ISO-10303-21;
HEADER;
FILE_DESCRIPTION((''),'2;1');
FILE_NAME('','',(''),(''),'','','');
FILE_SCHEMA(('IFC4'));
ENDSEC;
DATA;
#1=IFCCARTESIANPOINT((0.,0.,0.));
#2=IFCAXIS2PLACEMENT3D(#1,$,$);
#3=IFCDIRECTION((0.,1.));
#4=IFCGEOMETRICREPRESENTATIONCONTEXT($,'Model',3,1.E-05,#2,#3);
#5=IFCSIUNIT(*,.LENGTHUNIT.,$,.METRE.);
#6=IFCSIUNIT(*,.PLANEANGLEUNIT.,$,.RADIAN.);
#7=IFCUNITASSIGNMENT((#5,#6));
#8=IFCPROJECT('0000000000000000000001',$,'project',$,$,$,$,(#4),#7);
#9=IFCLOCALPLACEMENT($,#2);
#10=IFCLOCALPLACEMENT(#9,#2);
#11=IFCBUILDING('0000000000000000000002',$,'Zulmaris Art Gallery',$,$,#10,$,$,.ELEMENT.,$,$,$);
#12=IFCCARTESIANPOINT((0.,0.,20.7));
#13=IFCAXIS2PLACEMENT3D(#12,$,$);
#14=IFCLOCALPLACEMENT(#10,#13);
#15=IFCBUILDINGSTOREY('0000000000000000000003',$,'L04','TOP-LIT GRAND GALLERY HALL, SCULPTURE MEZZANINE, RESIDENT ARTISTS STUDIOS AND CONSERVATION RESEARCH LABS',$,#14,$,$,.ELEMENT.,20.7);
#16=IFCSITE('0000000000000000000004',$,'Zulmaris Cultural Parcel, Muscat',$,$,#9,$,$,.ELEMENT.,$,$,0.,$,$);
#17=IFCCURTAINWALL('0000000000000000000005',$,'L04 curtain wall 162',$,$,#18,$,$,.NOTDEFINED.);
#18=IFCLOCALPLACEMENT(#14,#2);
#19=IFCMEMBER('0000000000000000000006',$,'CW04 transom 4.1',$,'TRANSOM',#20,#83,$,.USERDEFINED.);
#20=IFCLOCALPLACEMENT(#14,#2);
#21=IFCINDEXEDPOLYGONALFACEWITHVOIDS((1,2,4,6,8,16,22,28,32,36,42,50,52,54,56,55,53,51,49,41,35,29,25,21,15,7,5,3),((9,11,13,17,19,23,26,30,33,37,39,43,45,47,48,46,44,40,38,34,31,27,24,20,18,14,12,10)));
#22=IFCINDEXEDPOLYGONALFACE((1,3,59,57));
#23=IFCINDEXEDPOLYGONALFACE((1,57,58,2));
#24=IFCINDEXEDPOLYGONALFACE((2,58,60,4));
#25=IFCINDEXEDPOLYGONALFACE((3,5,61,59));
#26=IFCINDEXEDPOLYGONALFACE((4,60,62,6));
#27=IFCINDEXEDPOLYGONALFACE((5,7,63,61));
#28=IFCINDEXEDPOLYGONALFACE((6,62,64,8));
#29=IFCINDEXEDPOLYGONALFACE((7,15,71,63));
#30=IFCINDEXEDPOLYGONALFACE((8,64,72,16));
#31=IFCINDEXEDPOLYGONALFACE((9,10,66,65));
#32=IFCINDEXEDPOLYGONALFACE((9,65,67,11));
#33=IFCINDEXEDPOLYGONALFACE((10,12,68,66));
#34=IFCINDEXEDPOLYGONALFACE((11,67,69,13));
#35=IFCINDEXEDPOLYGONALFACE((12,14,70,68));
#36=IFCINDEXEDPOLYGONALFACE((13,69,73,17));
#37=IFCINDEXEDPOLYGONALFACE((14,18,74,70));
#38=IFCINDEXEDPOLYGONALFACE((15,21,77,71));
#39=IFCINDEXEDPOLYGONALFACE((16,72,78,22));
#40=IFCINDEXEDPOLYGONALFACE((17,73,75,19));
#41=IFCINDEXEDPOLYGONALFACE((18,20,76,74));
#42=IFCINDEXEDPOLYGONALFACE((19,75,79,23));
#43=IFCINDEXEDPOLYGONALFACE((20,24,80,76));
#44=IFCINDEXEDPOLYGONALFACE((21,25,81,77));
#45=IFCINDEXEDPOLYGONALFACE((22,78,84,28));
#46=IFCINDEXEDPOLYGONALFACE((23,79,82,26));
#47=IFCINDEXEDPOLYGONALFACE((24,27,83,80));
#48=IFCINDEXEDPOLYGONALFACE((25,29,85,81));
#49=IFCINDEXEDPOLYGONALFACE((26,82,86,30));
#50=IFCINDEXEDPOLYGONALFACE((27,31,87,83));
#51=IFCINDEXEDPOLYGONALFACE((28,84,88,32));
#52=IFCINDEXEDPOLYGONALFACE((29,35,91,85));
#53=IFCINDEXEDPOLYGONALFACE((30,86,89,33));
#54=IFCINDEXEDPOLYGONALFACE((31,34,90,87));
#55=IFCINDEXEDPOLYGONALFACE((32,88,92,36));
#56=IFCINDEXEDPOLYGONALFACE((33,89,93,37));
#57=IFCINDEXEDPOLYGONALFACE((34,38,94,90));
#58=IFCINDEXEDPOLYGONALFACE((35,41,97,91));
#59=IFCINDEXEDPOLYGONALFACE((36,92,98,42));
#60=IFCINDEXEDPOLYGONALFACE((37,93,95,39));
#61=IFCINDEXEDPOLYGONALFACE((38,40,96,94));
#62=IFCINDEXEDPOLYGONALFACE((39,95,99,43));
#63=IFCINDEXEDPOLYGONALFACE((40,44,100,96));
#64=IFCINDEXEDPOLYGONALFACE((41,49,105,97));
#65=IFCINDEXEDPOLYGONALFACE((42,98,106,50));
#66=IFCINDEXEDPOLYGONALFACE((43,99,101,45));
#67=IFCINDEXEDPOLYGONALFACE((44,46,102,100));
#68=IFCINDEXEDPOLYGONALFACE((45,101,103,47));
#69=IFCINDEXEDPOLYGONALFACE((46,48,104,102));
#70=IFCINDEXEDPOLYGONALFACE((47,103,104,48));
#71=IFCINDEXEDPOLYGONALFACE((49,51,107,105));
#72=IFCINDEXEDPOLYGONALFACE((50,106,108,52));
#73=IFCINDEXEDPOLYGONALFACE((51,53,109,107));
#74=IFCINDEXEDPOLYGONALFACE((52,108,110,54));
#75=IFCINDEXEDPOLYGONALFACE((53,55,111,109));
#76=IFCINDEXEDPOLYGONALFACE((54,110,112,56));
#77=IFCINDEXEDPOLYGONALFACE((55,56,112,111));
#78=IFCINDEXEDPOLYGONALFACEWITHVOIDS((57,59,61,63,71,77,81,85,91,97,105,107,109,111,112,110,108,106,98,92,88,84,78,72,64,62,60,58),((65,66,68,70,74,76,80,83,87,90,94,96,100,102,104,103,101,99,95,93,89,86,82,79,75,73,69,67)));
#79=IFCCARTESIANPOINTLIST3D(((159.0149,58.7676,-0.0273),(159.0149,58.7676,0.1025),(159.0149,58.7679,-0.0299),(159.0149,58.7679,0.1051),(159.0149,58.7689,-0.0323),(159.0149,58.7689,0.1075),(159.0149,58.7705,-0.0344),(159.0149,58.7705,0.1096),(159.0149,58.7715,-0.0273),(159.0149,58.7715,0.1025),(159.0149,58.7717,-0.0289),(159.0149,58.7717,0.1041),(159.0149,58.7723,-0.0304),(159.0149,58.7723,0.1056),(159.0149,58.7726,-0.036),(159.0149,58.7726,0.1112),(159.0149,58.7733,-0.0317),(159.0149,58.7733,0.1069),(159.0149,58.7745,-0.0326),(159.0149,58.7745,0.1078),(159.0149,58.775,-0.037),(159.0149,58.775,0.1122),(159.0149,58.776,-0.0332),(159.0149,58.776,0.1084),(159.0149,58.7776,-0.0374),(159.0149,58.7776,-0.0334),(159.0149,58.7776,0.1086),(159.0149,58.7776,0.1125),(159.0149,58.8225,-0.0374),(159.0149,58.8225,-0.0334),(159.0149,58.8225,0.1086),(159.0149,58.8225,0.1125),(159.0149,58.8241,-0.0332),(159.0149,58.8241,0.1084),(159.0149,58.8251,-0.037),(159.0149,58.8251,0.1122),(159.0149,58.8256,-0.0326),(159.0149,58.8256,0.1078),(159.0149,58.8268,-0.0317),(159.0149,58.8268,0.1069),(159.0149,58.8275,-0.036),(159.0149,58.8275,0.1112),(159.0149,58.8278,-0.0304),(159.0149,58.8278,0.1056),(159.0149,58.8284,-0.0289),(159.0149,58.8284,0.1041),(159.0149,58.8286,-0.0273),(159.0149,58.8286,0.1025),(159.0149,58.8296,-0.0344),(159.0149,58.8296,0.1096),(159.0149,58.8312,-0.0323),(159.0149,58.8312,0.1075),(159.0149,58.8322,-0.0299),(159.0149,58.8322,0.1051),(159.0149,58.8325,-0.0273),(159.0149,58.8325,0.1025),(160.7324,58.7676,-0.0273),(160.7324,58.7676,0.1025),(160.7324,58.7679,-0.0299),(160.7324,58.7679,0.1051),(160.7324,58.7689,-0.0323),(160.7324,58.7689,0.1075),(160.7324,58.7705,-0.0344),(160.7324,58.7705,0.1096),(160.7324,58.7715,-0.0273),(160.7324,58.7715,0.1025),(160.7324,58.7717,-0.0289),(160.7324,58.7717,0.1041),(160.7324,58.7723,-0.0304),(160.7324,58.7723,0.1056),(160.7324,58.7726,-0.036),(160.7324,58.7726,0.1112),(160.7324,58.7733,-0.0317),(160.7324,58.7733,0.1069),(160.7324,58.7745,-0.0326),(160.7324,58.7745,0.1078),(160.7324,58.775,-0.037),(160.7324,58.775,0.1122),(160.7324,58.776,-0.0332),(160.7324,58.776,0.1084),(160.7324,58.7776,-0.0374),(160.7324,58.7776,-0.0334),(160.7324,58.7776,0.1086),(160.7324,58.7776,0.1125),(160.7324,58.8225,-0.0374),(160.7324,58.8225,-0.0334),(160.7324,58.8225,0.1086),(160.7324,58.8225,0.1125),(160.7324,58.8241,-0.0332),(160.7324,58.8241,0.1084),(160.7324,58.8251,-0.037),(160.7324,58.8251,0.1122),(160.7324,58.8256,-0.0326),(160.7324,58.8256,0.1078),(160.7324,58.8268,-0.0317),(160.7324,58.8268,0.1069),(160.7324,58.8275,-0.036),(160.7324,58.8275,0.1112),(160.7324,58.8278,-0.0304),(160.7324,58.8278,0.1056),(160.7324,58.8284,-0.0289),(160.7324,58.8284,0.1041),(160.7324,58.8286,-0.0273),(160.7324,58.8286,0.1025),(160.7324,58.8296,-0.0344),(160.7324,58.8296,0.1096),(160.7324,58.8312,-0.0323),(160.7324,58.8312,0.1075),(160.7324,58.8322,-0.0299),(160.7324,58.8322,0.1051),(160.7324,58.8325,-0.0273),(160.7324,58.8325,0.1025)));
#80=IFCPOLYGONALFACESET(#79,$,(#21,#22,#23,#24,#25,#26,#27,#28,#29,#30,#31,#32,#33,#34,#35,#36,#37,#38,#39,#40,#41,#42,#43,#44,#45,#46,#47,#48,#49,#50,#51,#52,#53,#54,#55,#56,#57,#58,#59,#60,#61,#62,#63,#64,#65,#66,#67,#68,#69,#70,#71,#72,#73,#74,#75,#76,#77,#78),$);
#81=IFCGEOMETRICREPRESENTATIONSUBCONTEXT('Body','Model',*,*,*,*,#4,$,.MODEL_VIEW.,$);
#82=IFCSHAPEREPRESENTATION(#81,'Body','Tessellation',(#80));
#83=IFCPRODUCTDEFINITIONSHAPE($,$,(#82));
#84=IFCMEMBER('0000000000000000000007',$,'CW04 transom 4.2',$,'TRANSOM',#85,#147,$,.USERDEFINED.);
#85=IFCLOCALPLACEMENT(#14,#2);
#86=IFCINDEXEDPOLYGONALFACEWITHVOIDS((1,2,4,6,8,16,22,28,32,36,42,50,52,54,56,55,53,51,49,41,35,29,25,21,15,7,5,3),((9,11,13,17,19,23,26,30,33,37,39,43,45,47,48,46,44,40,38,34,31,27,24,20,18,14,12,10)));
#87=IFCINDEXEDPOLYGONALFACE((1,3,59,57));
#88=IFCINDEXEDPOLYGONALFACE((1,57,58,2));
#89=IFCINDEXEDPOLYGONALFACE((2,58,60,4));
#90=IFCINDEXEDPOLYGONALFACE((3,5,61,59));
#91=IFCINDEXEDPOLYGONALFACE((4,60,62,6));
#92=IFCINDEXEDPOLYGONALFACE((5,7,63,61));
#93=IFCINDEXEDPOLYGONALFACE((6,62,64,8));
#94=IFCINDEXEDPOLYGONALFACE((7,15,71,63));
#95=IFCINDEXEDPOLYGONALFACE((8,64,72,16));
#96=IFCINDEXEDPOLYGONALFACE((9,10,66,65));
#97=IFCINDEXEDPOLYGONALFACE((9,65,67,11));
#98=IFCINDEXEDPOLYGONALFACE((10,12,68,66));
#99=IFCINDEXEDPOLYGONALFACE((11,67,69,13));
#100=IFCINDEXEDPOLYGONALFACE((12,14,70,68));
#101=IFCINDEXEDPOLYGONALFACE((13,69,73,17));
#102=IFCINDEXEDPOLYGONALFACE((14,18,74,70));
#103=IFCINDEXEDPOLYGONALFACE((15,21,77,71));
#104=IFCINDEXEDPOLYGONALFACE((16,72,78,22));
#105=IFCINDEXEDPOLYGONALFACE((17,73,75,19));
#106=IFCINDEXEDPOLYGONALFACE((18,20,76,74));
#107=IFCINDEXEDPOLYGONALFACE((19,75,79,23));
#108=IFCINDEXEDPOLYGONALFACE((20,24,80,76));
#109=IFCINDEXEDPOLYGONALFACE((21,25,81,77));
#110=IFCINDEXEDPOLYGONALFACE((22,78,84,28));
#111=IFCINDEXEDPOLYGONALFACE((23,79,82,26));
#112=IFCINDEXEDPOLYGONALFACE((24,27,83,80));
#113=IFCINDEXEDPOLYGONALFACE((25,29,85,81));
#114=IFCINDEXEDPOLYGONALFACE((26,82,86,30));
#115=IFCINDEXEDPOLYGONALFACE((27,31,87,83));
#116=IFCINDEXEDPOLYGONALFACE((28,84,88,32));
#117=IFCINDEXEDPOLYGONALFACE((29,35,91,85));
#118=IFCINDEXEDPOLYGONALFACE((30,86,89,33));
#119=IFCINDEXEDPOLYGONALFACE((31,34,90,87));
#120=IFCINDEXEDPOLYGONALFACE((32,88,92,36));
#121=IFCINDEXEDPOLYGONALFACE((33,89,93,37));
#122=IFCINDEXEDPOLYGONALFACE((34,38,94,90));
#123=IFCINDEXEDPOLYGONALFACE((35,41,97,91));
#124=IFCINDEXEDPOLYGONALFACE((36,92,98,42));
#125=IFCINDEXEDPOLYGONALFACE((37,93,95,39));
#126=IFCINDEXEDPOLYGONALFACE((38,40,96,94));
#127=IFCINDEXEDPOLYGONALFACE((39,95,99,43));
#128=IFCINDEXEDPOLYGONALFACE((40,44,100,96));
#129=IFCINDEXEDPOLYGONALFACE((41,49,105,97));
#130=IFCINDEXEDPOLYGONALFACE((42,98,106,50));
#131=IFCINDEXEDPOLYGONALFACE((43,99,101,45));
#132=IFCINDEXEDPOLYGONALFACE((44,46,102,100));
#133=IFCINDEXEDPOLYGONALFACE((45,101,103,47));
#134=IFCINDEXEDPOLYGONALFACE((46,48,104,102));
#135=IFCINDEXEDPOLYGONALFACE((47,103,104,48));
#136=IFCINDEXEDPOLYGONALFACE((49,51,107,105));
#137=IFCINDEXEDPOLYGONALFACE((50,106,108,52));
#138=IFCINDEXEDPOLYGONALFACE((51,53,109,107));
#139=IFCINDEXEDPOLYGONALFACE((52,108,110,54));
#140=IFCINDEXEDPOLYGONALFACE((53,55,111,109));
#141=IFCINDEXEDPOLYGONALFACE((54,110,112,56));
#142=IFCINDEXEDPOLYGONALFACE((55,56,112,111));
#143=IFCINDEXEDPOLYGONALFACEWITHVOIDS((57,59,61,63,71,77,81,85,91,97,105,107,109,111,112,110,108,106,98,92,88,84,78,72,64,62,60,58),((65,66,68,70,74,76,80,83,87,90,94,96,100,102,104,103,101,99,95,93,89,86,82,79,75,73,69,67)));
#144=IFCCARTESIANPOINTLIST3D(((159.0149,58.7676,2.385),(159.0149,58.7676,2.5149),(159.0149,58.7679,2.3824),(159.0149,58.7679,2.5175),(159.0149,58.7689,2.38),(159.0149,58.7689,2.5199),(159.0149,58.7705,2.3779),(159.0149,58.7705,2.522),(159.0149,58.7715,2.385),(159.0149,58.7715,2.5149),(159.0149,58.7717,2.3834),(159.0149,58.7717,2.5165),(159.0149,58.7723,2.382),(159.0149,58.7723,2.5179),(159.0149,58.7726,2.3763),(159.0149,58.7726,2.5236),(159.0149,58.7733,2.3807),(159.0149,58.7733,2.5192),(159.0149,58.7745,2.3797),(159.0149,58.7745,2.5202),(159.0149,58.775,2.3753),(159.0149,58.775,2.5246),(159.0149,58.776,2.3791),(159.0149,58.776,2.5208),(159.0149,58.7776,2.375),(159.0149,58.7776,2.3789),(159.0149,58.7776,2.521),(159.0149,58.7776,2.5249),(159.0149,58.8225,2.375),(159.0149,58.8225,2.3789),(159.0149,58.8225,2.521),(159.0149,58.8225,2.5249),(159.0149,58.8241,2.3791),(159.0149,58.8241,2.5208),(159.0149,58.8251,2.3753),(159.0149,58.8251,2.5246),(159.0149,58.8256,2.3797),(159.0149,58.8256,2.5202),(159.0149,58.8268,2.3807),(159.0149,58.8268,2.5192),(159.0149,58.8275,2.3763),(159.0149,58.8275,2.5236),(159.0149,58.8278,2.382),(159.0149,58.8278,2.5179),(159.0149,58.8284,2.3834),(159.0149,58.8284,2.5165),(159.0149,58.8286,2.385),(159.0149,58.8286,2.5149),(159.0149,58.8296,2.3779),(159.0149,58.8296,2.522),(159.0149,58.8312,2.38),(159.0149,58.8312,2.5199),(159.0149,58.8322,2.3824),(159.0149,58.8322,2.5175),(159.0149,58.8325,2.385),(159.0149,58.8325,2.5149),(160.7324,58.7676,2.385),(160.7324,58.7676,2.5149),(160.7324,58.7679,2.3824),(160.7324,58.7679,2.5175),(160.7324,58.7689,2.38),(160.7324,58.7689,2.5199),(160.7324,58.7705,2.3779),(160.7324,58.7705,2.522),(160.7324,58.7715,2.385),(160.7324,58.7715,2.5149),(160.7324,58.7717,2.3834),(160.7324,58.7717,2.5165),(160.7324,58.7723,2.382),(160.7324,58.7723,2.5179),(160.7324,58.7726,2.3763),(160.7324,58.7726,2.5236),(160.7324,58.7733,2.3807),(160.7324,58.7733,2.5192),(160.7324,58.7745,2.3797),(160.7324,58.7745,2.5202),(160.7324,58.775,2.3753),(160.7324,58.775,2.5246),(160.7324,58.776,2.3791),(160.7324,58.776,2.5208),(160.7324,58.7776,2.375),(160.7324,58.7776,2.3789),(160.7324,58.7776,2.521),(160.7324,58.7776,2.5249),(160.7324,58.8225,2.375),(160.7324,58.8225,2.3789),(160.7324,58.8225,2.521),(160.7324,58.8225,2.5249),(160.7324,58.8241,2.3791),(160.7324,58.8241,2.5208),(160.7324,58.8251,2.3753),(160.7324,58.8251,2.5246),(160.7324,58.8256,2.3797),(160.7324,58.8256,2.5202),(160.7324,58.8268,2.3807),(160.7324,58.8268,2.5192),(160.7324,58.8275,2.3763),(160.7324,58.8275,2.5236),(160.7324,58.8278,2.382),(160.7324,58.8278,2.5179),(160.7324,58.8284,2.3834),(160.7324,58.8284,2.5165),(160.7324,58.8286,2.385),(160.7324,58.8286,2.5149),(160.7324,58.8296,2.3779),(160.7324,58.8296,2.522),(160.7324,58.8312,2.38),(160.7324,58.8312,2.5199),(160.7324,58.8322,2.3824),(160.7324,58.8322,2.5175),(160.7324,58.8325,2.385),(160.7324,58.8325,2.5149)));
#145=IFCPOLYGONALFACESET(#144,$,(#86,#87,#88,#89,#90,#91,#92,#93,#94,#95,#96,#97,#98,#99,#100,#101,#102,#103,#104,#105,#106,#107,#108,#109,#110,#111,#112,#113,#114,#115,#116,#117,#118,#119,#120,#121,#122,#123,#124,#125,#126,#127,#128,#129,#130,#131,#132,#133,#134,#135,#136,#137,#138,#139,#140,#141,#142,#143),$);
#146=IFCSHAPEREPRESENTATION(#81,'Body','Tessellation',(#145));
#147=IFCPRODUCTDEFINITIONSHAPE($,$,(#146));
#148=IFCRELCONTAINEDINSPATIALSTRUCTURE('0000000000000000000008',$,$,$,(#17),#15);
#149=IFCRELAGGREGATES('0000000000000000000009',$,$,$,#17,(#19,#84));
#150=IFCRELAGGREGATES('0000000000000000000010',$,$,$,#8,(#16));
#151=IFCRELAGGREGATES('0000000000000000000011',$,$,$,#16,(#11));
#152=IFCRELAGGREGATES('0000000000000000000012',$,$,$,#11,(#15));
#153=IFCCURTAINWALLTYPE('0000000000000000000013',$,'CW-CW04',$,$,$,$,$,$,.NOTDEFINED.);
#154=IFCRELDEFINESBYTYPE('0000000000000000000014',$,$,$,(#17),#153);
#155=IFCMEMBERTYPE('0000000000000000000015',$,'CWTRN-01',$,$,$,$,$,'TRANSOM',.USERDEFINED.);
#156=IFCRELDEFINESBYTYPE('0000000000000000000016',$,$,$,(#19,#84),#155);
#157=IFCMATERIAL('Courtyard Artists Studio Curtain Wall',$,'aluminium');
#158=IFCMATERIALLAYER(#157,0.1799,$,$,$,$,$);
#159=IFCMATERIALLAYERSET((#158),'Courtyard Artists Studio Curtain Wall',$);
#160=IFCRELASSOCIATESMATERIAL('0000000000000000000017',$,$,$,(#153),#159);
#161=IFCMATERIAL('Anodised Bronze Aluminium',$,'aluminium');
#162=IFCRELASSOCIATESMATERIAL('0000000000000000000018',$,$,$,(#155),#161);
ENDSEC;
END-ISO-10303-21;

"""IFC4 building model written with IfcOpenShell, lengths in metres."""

from ifc_helpers import new_model, si_unit, direction, frame, origin, origin_2d, place, context, subcontext, project, spatial, hollow_rectangle, extrude, material, layer, layer_set, material_profile, profile_set, type_object, element, aggregate, save


model = new_model("IFC4")

# Units and contexts
model_context = context("Model", 3, precision=1e-05, world=origin(), true_north=direction((0.0, 1.0)))
body_context = subcontext(model_context, "Body", "Model", "MODEL_VIEW")
ifc_project = project(units=[si_unit("LENGTHUNIT", "METRE"), si_unit("PLANEANGLEUNIT", "RADIAN")], contexts=[model_context])

# Site, building, storey
site_placement = place(None, origin())
site = spatial("IfcSite", under=ifc_project, at=site_placement, Name="Zulmaris Cultural Parcel, Muscat", CompositionType="ELEMENT", RefElevation=0.0)
building_placement = place(site_placement, origin())
building = spatial("IfcBuilding", under=site, at=building_placement, Name="Zulmaris Art Gallery", CompositionType="ELEMENT")
storey_placement = place(building_placement, frame((0.0, 0.0, 20.7)))
storey = spatial("IfcBuildingStorey", under=building, at=storey_placement, Name="L04", Description="TOP-LIT GRAND GALLERY HALL, SCULPTURE MEZZANINE, RESIDENT ARTISTS STUDIOS AND CONSERVATION RESEARCH LABS", CompositionType="ELEMENT", Elevation=20.7)

# Shared definitions
ifc_material_1 = material(Name="Courtyard Artists Studio Curtain Wall", Category="aluminium")
ifc_layer_1 = layer(ifc_material_1, 0.1799)
ifc_layer_set_1 = layer_set([ifc_layer_1], Name="Courtyard Artists Studio Curtain Wall")
curtain_wall_type = type_object("IfcCurtainWallType", Name="CW-CW04", PredefinedType="NOTDEFINED", material=ifc_layer_set_1)
ifc_material_2 = material(Name="Anodised Bronze Aluminium", Category="aluminium")

# Curtain wall, members
curtain_wall_1_placement = place(storey_placement, origin())
curtain_wall_1 = element("IfcCurtainWall", 1, at=curtain_wall_1_placement, inside=storey, type_object=curtain_wall_type, Name="L04 curtain wall 162", PredefinedType="NOTDEFINED")
ifc_material_profile_1 = material_profile(ifc_material_2, hollow_rectangle(XDim=0.0649, YDim=0.1499, WallThickness=0.0039, InnerFilletRadius=0.0061, OuterFilletRadius=0.01, at=origin_2d()), Name="ALU 65x150x4")
ifc_profile_set_1 = profile_set([ifc_material_profile_1], Name="Anodised Bronze Aluminium")
member_type_1 = type_object("IfcMemberType", Name="CWTRN-01", ElementType="TRANSOM", PredefinedType="USERDEFINED", material=ifc_profile_set_1)
member_1_placement = place(storey_placement, frame((160.7324, 58.8, 0.0376), z_axis=(-1.0, 0.0, 0.0), x_axis=(0.0, -1.0, 0.0)))
member_1 = element("IfcMember", 2, at=member_1_placement, type_object=member_type_1, Name="CW04 transom 4.1", ObjectType="TRANSOM", PredefinedType="USERDEFINED", context=body_context, shape_type="SweptSolid", body=[
    extrude(hollow_rectangle(XDim=0.0649, YDim=0.1499, WallThickness=0.0039, InnerFilletRadius=0.0061, OuterFilletRadius=0.01, at=origin_2d()), origin(), (0.0, 0.0, 1.0), 1.7175),
])
member_2_placement = place(storey_placement, frame((160.7324, 58.8, 2.45), z_axis=(-1.0, 0.0, 0.0), x_axis=(0.0, -1.0, 0.0)))
member_2 = element("IfcMember", 3, at=member_2_placement, type_object=member_type_1, Name="CW04 transom 4.2", ObjectType="TRANSOM", PredefinedType="USERDEFINED", context=body_context, shape_type="SweptSolid", body=[
    extrude(hollow_rectangle(XDim=0.0649, YDim=0.1499, WallThickness=0.0039, InnerFilletRadius=0.0061, OuterFilletRadius=0.01, at=origin_2d()), origin(), (0.0, 0.0, 1.0), 1.7175),
])
aggregate(curtain_wall_1, [member_1, member_2])

save(model, "model.ifc")
